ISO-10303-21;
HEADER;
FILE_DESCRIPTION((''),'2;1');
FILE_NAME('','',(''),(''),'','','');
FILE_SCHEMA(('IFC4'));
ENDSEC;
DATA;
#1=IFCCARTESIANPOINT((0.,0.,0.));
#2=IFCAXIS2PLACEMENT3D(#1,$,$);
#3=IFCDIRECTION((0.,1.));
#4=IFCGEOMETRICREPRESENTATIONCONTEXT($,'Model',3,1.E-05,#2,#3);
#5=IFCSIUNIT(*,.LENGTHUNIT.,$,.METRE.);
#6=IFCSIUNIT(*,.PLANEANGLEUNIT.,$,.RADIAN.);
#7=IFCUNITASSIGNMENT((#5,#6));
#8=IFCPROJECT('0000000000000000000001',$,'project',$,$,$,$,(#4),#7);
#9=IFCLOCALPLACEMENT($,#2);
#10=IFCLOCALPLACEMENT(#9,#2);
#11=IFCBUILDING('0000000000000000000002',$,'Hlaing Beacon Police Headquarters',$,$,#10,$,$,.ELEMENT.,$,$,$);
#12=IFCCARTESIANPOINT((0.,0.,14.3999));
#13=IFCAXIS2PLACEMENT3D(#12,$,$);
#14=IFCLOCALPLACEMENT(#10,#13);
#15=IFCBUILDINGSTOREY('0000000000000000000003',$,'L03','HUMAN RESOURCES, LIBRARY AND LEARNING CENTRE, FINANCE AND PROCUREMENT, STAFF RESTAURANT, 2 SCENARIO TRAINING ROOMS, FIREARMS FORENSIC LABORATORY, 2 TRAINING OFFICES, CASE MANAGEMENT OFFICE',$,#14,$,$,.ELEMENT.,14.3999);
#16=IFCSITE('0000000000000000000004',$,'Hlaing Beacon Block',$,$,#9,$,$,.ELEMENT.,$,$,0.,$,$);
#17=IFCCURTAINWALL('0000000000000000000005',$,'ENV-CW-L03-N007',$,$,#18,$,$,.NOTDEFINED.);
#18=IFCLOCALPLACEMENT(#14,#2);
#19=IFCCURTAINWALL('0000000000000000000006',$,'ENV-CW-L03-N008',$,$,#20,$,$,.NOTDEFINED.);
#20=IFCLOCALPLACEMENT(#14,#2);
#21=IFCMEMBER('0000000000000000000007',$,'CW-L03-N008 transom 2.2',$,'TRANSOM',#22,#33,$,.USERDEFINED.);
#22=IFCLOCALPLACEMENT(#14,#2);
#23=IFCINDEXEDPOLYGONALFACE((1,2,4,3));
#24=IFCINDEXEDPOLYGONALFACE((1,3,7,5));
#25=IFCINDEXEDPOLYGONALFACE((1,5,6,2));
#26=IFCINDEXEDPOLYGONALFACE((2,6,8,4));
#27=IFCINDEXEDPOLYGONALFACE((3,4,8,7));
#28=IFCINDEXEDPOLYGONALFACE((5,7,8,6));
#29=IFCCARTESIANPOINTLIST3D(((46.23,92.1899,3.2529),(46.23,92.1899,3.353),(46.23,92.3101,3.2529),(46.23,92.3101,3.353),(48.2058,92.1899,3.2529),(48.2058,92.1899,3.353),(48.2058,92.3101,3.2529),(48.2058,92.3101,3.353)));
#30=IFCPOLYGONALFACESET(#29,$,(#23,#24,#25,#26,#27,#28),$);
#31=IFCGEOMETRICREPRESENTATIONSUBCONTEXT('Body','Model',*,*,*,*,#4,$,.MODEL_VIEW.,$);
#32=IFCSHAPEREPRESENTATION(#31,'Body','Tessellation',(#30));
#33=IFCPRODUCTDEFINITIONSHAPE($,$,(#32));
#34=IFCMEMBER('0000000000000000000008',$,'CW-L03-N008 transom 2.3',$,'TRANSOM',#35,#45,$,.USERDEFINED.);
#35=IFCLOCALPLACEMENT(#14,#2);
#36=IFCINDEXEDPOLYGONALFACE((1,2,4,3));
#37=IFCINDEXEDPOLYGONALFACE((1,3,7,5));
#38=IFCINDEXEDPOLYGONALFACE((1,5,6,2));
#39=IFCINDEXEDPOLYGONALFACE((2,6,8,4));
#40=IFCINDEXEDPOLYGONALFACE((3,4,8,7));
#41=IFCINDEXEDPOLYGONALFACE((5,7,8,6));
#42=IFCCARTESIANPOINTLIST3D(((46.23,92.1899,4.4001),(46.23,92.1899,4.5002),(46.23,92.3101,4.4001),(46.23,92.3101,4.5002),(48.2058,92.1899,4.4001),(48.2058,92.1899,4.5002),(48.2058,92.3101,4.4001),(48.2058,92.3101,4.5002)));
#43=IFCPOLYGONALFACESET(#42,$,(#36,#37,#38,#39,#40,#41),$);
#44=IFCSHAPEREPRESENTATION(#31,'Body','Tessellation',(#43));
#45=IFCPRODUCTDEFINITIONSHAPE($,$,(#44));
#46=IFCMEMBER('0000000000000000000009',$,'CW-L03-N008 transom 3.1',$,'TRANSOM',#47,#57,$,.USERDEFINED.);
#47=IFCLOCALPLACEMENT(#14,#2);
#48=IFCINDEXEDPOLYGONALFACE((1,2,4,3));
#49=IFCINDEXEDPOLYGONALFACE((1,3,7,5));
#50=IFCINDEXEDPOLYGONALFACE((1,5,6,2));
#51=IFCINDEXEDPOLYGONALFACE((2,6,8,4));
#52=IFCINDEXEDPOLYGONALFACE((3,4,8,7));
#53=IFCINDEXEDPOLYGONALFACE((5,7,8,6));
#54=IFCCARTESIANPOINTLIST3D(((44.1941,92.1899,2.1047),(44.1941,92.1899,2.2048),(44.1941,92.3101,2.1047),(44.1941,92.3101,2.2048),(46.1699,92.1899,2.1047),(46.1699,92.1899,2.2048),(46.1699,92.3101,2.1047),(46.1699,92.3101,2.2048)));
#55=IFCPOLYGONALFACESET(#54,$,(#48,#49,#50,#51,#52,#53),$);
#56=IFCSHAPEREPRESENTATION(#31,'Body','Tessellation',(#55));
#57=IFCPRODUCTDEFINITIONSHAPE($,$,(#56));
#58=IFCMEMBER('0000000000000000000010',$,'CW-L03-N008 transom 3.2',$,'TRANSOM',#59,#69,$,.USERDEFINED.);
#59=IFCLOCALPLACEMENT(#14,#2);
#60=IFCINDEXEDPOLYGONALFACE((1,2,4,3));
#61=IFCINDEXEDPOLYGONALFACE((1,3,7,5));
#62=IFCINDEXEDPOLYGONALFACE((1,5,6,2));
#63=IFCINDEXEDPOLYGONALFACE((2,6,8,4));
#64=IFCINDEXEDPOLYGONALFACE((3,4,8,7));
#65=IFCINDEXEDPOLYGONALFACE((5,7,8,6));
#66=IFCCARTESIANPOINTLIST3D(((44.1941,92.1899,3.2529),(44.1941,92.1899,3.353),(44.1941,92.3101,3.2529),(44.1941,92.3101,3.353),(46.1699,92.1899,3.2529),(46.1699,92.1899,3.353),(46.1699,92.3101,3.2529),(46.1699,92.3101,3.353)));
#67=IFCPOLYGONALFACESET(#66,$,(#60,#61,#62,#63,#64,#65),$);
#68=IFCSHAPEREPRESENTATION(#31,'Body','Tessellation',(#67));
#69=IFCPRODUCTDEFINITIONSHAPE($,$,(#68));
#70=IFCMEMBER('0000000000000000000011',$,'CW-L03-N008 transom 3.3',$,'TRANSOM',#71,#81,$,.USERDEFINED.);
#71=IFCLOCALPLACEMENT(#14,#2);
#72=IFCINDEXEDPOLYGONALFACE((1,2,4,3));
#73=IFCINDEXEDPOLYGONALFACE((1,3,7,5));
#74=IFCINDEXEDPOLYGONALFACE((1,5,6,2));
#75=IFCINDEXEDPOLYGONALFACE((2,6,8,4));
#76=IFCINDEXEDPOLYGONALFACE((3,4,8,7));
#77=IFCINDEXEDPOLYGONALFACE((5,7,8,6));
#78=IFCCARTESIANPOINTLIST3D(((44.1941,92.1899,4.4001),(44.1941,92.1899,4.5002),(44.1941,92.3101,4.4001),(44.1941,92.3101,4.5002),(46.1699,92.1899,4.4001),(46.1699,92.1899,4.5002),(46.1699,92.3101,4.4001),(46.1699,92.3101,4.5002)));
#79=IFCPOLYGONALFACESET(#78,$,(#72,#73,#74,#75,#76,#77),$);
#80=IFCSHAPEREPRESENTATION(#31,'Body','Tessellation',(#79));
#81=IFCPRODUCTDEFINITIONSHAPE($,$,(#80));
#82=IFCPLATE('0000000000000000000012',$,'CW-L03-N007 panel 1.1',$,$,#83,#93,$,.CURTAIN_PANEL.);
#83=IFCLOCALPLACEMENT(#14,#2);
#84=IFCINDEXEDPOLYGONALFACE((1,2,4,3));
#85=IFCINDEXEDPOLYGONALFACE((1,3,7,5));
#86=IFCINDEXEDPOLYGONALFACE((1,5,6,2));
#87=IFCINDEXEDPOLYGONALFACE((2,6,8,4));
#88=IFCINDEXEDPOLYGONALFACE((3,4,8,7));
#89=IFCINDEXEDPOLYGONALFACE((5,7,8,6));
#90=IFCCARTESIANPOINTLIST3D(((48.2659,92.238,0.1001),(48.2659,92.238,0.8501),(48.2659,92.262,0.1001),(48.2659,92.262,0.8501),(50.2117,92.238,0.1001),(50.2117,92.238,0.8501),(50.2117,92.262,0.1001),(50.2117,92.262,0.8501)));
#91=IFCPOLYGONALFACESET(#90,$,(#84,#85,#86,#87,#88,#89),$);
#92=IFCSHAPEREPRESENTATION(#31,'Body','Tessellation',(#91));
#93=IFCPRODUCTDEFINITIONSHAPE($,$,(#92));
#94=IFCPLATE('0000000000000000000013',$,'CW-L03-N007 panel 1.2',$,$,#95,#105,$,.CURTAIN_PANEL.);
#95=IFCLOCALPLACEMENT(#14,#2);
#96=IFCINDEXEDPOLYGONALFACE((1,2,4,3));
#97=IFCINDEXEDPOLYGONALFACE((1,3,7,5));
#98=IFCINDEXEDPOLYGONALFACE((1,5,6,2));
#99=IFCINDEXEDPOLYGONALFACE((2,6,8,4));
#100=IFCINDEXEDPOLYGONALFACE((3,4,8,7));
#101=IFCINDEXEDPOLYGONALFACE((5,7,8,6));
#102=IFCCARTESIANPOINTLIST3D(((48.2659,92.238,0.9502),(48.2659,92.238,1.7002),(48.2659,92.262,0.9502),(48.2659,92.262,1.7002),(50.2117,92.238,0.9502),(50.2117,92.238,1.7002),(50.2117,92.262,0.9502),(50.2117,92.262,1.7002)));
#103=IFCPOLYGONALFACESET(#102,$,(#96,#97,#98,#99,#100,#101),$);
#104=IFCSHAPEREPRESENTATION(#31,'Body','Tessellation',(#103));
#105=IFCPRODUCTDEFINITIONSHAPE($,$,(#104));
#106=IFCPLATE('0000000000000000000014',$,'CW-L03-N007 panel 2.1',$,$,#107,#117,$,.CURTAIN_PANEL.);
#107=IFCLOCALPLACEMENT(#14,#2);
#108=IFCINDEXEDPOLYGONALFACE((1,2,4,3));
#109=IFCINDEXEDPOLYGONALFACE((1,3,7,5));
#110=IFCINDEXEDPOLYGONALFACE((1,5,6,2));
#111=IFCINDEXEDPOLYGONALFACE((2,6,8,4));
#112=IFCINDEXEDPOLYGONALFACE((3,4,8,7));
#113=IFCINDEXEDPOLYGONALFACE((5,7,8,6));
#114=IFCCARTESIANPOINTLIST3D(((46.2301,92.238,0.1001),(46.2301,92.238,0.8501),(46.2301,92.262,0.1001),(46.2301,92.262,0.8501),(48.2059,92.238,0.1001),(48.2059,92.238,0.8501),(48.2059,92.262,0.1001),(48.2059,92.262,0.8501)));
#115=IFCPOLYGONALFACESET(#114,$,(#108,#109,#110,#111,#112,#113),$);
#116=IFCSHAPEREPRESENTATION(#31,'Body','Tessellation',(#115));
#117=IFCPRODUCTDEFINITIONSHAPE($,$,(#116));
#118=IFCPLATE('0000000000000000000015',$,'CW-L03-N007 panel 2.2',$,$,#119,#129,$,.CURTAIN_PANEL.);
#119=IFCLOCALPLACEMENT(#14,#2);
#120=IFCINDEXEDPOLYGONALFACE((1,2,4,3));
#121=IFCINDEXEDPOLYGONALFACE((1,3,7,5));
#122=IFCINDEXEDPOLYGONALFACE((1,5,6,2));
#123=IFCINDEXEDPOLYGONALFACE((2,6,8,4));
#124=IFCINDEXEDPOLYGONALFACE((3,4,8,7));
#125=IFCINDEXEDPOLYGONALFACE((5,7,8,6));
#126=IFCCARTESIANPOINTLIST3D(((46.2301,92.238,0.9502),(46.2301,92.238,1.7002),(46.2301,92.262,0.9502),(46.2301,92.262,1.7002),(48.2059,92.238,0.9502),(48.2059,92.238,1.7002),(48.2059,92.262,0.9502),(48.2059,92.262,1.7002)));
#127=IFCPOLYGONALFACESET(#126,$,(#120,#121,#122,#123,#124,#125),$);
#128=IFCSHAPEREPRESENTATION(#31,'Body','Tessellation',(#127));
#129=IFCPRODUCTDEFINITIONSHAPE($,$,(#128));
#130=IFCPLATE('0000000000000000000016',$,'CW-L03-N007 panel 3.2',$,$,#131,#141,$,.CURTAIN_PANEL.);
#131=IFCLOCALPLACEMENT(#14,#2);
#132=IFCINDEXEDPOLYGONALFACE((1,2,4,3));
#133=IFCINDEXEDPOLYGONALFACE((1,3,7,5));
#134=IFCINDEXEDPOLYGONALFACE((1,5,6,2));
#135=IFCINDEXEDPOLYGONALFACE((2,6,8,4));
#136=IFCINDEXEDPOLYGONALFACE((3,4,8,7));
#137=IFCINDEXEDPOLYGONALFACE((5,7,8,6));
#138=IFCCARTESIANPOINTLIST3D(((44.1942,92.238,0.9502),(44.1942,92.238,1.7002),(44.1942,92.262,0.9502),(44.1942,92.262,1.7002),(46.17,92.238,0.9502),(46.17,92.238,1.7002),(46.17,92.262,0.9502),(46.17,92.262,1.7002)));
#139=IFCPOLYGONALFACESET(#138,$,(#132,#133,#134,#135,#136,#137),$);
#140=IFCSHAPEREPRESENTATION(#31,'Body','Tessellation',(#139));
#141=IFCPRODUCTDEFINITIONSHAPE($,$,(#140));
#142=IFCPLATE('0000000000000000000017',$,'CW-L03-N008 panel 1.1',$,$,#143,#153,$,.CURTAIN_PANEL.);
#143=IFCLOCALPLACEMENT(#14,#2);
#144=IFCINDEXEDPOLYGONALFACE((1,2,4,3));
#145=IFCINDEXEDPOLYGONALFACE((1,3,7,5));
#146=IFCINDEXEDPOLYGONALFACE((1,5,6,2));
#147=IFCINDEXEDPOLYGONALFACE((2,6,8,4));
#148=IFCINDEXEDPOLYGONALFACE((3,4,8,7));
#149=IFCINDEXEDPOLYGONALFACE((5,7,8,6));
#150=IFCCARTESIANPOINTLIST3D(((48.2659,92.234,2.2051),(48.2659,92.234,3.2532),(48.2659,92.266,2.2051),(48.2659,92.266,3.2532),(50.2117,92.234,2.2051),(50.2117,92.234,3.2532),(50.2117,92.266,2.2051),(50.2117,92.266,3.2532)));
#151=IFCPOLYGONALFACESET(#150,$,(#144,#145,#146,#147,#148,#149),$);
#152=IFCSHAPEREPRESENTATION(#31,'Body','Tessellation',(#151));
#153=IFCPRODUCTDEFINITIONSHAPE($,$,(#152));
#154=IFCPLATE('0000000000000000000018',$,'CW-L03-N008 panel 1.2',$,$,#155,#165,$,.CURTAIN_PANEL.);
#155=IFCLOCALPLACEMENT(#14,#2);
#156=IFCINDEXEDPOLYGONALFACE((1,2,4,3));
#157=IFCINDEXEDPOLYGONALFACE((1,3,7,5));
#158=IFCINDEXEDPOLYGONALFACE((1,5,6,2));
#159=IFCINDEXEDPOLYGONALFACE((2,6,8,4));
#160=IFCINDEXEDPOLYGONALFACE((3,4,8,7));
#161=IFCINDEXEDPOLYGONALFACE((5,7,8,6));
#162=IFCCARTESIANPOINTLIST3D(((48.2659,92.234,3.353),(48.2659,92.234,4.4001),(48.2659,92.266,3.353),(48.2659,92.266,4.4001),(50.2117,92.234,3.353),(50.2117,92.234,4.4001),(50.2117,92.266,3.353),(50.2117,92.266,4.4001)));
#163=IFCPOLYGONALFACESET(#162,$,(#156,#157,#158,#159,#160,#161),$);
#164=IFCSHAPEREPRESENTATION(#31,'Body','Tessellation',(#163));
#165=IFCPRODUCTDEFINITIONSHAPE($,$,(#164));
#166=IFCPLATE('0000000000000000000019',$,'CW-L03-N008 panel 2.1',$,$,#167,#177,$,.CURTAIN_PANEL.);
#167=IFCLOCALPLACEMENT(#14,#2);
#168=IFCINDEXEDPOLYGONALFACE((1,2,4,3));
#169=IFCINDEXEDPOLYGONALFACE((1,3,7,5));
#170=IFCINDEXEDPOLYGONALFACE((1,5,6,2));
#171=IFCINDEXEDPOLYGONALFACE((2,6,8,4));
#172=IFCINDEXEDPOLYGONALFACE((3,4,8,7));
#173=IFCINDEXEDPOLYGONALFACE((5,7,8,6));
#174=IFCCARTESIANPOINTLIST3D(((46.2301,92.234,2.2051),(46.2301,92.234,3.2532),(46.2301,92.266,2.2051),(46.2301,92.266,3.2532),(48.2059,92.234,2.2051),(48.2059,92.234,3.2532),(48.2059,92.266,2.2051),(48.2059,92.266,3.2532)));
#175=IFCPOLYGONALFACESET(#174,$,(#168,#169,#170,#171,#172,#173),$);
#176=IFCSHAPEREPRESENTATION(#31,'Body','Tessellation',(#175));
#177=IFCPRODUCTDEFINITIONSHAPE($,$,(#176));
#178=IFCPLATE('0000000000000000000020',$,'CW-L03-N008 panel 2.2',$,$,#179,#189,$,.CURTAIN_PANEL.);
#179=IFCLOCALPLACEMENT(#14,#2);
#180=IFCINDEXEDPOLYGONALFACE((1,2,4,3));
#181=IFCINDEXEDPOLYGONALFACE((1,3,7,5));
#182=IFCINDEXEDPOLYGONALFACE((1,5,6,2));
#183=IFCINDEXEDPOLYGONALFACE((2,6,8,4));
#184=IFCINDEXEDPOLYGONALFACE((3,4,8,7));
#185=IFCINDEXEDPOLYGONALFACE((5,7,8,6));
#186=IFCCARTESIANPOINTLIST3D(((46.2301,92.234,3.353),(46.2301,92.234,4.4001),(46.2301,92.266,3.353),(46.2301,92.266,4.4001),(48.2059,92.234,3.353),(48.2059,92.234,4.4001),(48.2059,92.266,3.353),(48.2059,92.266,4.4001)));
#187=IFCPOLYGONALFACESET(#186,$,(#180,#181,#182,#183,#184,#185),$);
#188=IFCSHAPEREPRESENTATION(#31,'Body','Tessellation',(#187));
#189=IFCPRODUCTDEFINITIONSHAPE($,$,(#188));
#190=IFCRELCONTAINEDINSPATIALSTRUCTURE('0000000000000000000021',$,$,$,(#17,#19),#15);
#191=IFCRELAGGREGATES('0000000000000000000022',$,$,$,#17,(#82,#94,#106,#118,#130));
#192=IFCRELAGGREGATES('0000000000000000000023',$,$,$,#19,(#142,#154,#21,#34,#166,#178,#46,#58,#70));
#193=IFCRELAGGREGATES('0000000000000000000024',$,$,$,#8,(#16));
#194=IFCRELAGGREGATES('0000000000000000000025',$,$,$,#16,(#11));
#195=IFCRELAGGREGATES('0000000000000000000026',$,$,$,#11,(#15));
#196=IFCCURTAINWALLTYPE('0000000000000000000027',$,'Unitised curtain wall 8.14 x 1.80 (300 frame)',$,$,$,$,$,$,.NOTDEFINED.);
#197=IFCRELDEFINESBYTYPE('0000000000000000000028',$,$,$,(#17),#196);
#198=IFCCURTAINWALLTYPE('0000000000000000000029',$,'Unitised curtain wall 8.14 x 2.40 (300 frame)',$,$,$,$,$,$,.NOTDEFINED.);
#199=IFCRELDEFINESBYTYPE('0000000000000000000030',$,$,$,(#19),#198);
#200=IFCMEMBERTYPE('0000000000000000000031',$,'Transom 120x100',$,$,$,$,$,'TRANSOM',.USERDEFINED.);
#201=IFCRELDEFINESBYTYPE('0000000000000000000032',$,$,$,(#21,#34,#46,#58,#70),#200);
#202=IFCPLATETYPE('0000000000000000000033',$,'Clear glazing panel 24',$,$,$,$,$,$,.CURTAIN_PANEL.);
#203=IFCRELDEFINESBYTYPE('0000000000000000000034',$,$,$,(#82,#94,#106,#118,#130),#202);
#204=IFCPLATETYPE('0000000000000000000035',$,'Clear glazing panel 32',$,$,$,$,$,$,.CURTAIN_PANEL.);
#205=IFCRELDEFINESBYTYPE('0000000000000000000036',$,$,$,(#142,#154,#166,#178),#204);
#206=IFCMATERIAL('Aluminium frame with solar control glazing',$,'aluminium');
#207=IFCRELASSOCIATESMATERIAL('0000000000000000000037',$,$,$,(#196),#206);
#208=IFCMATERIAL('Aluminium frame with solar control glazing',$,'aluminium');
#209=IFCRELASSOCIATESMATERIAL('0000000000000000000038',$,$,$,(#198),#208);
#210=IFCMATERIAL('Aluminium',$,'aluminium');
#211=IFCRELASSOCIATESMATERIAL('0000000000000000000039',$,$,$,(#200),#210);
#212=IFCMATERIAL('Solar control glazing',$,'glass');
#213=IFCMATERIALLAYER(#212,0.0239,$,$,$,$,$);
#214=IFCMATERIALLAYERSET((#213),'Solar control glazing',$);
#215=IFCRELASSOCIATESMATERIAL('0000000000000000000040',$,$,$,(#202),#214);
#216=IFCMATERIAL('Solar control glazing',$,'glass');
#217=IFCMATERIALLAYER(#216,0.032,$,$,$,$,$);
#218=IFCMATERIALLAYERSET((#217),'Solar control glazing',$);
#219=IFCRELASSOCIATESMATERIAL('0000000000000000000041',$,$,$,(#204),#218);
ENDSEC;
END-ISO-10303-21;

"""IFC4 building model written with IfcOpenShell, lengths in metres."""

from ifc_helpers import new_model, si_unit, direction, frame, origin, origin_2d, place, context, subcontext, project, spatial, rectangle, extrude, material, layer, layer_set, material_profile, profile_set, type_object, element, aggregate, save


model = new_model("IFC4")

# Units and contexts
model_context = context("Model", 3, precision=1e-05, world=origin(), true_north=direction((0.0, 1.0)))
body_context = subcontext(model_context, "Body", "Model", "MODEL_VIEW")
ifc_project = project(units=[si_unit("LENGTHUNIT", "METRE"), si_unit("PLANEANGLEUNIT", "RADIAN")], contexts=[model_context])

# Site, building, storey
site_placement = place(None, origin())
site = spatial("IfcSite", under=ifc_project, at=site_placement, Name="Hlaing Beacon Block", CompositionType="ELEMENT", RefElevation=0.0)
building_placement = place(site_placement, origin())
building = spatial("IfcBuilding", under=site, at=building_placement, Name="Hlaing Beacon Police Headquarters", CompositionType="ELEMENT")
storey_placement = place(building_placement, frame((0.0, 0.0, 14.3999)))
storey = spatial("IfcBuildingStorey", under=building, at=storey_placement, Name="L03", Description="HUMAN RESOURCES, LIBRARY AND LEARNING CENTRE, FINANCE AND PROCUREMENT, STAFF RESTAURANT, 2 SCENARIO TRAINING ROOMS, FIREARMS FORENSIC LABORATORY, 2 TRAINING OFFICES, CASE MANAGEMENT OFFICE", CompositionType="ELEMENT", Elevation=14.3999)

# Curtain walls
ifc_material_1 = material(Name="Aluminium frame with solar control glazing", Category="aluminium")
curtain_wall_type_1 = type_object("IfcCurtainWallType", Name="Unitised curtain wall 8.14 x 1.80 (300 frame)", PredefinedType="NOTDEFINED", material=ifc_material_1)
curtain_wall_1_placement = place(storey_placement, origin())
curtain_wall_1 = element("IfcCurtainWall", 1, at=curtain_wall_1_placement, inside=storey, type_object=curtain_wall_type_1, Name="ENV-CW-L03-N007", PredefinedType="NOTDEFINED")
ifc_material_2 = material(Name="Aluminium frame with solar control glazing", Category="aluminium")
curtain_wall_type_2 = type_object("IfcCurtainWallType", Name="Unitised curtain wall 8.14 x 2.40 (300 frame)", PredefinedType="NOTDEFINED", material=ifc_material_2)
curtain_wall_2_placement = place(storey_placement, origin())
curtain_wall_2 = element("IfcCurtainWall", 2, at=curtain_wall_2_placement, inside=storey, type_object=curtain_wall_type_2, Name="ENV-CW-L03-N008", PredefinedType="NOTDEFINED")

# Members
ifc_material_3 = material(Name="Aluminium", Category="aluminium")
ifc_material_profile_1 = material_profile(ifc_material_3, rectangle(XDim=0.1201, YDim=0.1001, at=origin_2d()), Name="Transom 120x100")
ifc_profile_set_1 = profile_set([ifc_material_profile_1], Name="Aluminium")
member_type_1 = type_object("IfcMemberType", Name="Transom 120x100", ElementType="TRANSOM", PredefinedType="USERDEFINED", material=ifc_profile_set_1)
member_1_placement = place(storey_placement, frame((48.2058, 92.25, 3.303), z_axis=(-1.0, 0.0, 0.0), x_axis=(0.0, -1.0, 0.0)))
member_1 = element("IfcMember", 3, at=member_1_placement, type_object=member_type_1, Name="CW-L03-N008 transom 2.2", ObjectType="TRANSOM", PredefinedType="USERDEFINED", context=body_context, shape_type="SweptSolid", body=[
    extrude(rectangle(XDim=0.1201, YDim=0.1001, at=origin_2d()), origin(), (0.0, 0.0, 1.0), 1.9758),
])
member_2_placement = place(storey_placement, frame((48.2058, 92.25, 4.4502), z_axis=(-1.0, 0.0, 0.0), x_axis=(0.0, -1.0, 0.0)))
member_2 = element("IfcMember", 4, at=member_2_placement, type_object=member_type_1, Name="CW-L03-N008 transom 2.3", ObjectType="TRANSOM", PredefinedType="USERDEFINED", context=body_context, shape_type="SweptSolid", body=[
    extrude(rectangle(XDim=0.1201, YDim=0.1001, at=origin_2d()), origin(), (0.0, 0.0, 1.0), 1.9758),
])
member_3_placement = place(storey_placement, frame((46.1699, 92.25, 2.1548), z_axis=(-1.0, 0.0, 0.0), x_axis=(0.0, -1.0, 0.0)))
member_3 = element("IfcMember", 5, at=member_3_placement, type_object=member_type_1, Name="CW-L03-N008 transom 3.1", ObjectType="TRANSOM", PredefinedType="USERDEFINED", context=body_context, shape_type="SweptSolid", body=[
    extrude(rectangle(XDim=0.1201, YDim=0.1001, at=origin_2d()), origin(), (0.0, 0.0, 1.0), 1.9758),
])
member_4_placement = place(storey_placement, frame((46.1699, 92.25, 3.303), z_axis=(-1.0, 0.0, 0.0), x_axis=(0.0, -1.0, 0.0)))
member_4 = element("IfcMember", 6, at=member_4_placement, type_object=member_type_1, Name="CW-L03-N008 transom 3.2", ObjectType="TRANSOM", PredefinedType="USERDEFINED", context=body_context, shape_type="SweptSolid", body=[
    extrude(rectangle(XDim=0.1201, YDim=0.1001, at=origin_2d()), origin(), (0.0, 0.0, 1.0), 1.9758),
])
member_5_placement = place(storey_placement, frame((46.1699, 92.25, 4.4502), z_axis=(-1.0, 0.0, 0.0), x_axis=(0.0, -1.0, 0.0)))
member_5 = element("IfcMember", 7, at=member_5_placement, type_object=member_type_1, Name="CW-L03-N008 transom 3.3", ObjectType="TRANSOM", PredefinedType="USERDEFINED", context=body_context, shape_type="SweptSolid", body=[
    extrude(rectangle(XDim=0.1201, YDim=0.1001, at=origin_2d()), origin(), (0.0, 0.0, 1.0), 1.9758),
])

# Plates
ifc_material_4 = material(Name="Solar control glazing", Category="glass")
ifc_layer_1 = layer(ifc_material_4, 0.0239)
ifc_layer_set_1 = layer_set([ifc_layer_1], Name="Solar control glazing")
plate_type_1 = type_object("IfcPlateType", Name="Clear glazing panel 24", PredefinedType="CURTAIN_PANEL", material=ifc_layer_set_1)
plate_1_placement = place(storey_placement, frame((49.2388, 92.25, 0.1001), z_axis=(0.0, 0.0, 1.0), x_axis=(-1.0, 0.0, 0.0)))
plate_1 = element("IfcPlate", 8, at=plate_1_placement, type_object=plate_type_1, Name="CW-L03-N007 panel 1.1", PredefinedType="CURTAIN_PANEL", context=body_context, shape_type="SweptSolid", body=[
    extrude(rectangle(XDim=1.9458, YDim=0.0239, at=origin_2d()), origin(), (0.0, 0.0, 1.0), 0.75),
])
plate_2_placement = place(storey_placement, frame((49.2388, 92.25, 0.9502), z_axis=(0.0, 0.0, 1.0), x_axis=(-1.0, 0.0, 0.0)))
plate_2 = element("IfcPlate", 9, at=plate_2_placement, type_object=plate_type_1, Name="CW-L03-N007 panel 1.2", PredefinedType="CURTAIN_PANEL", context=body_context, shape_type="SweptSolid", body=[
    extrude(rectangle(XDim=1.9458, YDim=0.0239, at=origin_2d()), origin(), (0.0, 0.0, 1.0), 0.75),
])
plate_3_placement = place(storey_placement, frame((47.218, 92.25, 0.1001), z_axis=(0.0, 0.0, 1.0), x_axis=(-1.0, 0.0, 0.0)))
plate_3 = element("IfcPlate", 10, at=plate_3_placement, type_object=plate_type_1, Name="CW-L03-N007 panel 2.1", PredefinedType="CURTAIN_PANEL", context=body_context, shape_type="SweptSolid", body=[
    extrude(rectangle(XDim=1.9758, YDim=0.0239, at=origin_2d()), origin(), (0.0, 0.0, 1.0), 0.75),
])
plate_4_placement = place(storey_placement, frame((47.218, 92.25, 0.9502), z_axis=(0.0, 0.0, 1.0), x_axis=(-1.0, 0.0, 0.0)))
plate_4 = element("IfcPlate", 11, at=plate_4_placement, type_object=plate_type_1, Name="CW-L03-N007 panel 2.2", PredefinedType="CURTAIN_PANEL", context=body_context, shape_type="SweptSolid", body=[
    extrude(rectangle(XDim=1.9758, YDim=0.0239, at=origin_2d()), origin(), (0.0, 0.0, 1.0), 0.75),
])
plate_5_placement = place(storey_placement, frame((45.1821, 92.25, 0.9502), z_axis=(0.0, 0.0, 1.0), x_axis=(-1.0, 0.0, 0.0)))
plate_5 = element("IfcPlate", 12, at=plate_5_placement, type_object=plate_type_1, Name="CW-L03-N007 panel 3.2", PredefinedType="CURTAIN_PANEL", context=body_context, shape_type="SweptSolid", body=[
    extrude(rectangle(XDim=1.9758, YDim=0.0239, at=origin_2d()), origin(), (0.0, 0.0, 1.0), 0.75),
])
aggregate(curtain_wall_1, [plate_1, plate_2, plate_3, plate_4, plate_5])
ifc_material_5 = material(Name="Solar control glazing", Category="glass")
ifc_layer_2 = layer(ifc_material_5, 0.032)
ifc_layer_set_2 = layer_set([ifc_layer_2], Name="Solar control glazing")
plate_type_2 = type_object("IfcPlateType", Name="Clear glazing panel 32", PredefinedType="CURTAIN_PANEL", material=ifc_layer_set_2)
plate_6_placement = place(storey_placement, frame((49.2388, 92.25, 2.2051), z_axis=(0.0, 0.0, 1.0), x_axis=(-1.0, 0.0, 0.0)))
plate_6 = element("IfcPlate", 13, at=plate_6_placement, type_object=plate_type_2, Name="CW-L03-N008 panel 1.1", PredefinedType="CURTAIN_PANEL", context=body_context, shape_type="SweptSolid", body=[
    extrude(rectangle(XDim=1.9458, YDim=0.032, at=origin_2d()), origin(), (0.0, 0.0, 1.0), 1.0481),
])
plate_7_placement = place(storey_placement, frame((49.2388, 92.25, 3.353), z_axis=(0.0, 0.0, 1.0), x_axis=(-1.0, 0.0, 0.0)))
plate_7 = element("IfcPlate", 14, at=plate_7_placement, type_object=plate_type_2, Name="CW-L03-N008 panel 1.2", PredefinedType="CURTAIN_PANEL", context=body_context, shape_type="SweptSolid", body=[
    extrude(rectangle(XDim=1.9458, YDim=0.032, at=origin_2d()), origin(), (0.0, 0.0, 1.0), 1.0471),
])
plate_8_placement = place(storey_placement, frame((47.218, 92.25, 2.2051), z_axis=(0.0, 0.0, 1.0), x_axis=(-1.0, 0.0, 0.0)))
plate_8 = element("IfcPlate", 15, at=plate_8_placement, type_object=plate_type_2, Name="CW-L03-N008 panel 2.1", PredefinedType="CURTAIN_PANEL", context=body_context, shape_type="SweptSolid", body=[
    extrude(rectangle(XDim=1.9758, YDim=0.032, at=origin_2d()), origin(), (0.0, 0.0, 1.0), 1.0481),
])
plate_9_placement = place(storey_placement, frame((47.218, 92.25, 3.353), z_axis=(0.0, 0.0, 1.0), x_axis=(-1.0, 0.0, 0.0)))
plate_9 = element("IfcPlate", 16, at=plate_9_placement, type_object=plate_type_2, Name="CW-L03-N008 panel 2.2", PredefinedType="CURTAIN_PANEL", context=body_context, shape_type="SweptSolid", body=[
    extrude(rectangle(XDim=1.9758, YDim=0.032, at=origin_2d()), origin(), (0.0, 0.0, 1.0), 1.0471),
])
aggregate(curtain_wall_2, [plate_6, plate_7, member_1, member_2, plate_8, plate_9, member_3, member_4, member_5])

save(model, "model.ifc")
